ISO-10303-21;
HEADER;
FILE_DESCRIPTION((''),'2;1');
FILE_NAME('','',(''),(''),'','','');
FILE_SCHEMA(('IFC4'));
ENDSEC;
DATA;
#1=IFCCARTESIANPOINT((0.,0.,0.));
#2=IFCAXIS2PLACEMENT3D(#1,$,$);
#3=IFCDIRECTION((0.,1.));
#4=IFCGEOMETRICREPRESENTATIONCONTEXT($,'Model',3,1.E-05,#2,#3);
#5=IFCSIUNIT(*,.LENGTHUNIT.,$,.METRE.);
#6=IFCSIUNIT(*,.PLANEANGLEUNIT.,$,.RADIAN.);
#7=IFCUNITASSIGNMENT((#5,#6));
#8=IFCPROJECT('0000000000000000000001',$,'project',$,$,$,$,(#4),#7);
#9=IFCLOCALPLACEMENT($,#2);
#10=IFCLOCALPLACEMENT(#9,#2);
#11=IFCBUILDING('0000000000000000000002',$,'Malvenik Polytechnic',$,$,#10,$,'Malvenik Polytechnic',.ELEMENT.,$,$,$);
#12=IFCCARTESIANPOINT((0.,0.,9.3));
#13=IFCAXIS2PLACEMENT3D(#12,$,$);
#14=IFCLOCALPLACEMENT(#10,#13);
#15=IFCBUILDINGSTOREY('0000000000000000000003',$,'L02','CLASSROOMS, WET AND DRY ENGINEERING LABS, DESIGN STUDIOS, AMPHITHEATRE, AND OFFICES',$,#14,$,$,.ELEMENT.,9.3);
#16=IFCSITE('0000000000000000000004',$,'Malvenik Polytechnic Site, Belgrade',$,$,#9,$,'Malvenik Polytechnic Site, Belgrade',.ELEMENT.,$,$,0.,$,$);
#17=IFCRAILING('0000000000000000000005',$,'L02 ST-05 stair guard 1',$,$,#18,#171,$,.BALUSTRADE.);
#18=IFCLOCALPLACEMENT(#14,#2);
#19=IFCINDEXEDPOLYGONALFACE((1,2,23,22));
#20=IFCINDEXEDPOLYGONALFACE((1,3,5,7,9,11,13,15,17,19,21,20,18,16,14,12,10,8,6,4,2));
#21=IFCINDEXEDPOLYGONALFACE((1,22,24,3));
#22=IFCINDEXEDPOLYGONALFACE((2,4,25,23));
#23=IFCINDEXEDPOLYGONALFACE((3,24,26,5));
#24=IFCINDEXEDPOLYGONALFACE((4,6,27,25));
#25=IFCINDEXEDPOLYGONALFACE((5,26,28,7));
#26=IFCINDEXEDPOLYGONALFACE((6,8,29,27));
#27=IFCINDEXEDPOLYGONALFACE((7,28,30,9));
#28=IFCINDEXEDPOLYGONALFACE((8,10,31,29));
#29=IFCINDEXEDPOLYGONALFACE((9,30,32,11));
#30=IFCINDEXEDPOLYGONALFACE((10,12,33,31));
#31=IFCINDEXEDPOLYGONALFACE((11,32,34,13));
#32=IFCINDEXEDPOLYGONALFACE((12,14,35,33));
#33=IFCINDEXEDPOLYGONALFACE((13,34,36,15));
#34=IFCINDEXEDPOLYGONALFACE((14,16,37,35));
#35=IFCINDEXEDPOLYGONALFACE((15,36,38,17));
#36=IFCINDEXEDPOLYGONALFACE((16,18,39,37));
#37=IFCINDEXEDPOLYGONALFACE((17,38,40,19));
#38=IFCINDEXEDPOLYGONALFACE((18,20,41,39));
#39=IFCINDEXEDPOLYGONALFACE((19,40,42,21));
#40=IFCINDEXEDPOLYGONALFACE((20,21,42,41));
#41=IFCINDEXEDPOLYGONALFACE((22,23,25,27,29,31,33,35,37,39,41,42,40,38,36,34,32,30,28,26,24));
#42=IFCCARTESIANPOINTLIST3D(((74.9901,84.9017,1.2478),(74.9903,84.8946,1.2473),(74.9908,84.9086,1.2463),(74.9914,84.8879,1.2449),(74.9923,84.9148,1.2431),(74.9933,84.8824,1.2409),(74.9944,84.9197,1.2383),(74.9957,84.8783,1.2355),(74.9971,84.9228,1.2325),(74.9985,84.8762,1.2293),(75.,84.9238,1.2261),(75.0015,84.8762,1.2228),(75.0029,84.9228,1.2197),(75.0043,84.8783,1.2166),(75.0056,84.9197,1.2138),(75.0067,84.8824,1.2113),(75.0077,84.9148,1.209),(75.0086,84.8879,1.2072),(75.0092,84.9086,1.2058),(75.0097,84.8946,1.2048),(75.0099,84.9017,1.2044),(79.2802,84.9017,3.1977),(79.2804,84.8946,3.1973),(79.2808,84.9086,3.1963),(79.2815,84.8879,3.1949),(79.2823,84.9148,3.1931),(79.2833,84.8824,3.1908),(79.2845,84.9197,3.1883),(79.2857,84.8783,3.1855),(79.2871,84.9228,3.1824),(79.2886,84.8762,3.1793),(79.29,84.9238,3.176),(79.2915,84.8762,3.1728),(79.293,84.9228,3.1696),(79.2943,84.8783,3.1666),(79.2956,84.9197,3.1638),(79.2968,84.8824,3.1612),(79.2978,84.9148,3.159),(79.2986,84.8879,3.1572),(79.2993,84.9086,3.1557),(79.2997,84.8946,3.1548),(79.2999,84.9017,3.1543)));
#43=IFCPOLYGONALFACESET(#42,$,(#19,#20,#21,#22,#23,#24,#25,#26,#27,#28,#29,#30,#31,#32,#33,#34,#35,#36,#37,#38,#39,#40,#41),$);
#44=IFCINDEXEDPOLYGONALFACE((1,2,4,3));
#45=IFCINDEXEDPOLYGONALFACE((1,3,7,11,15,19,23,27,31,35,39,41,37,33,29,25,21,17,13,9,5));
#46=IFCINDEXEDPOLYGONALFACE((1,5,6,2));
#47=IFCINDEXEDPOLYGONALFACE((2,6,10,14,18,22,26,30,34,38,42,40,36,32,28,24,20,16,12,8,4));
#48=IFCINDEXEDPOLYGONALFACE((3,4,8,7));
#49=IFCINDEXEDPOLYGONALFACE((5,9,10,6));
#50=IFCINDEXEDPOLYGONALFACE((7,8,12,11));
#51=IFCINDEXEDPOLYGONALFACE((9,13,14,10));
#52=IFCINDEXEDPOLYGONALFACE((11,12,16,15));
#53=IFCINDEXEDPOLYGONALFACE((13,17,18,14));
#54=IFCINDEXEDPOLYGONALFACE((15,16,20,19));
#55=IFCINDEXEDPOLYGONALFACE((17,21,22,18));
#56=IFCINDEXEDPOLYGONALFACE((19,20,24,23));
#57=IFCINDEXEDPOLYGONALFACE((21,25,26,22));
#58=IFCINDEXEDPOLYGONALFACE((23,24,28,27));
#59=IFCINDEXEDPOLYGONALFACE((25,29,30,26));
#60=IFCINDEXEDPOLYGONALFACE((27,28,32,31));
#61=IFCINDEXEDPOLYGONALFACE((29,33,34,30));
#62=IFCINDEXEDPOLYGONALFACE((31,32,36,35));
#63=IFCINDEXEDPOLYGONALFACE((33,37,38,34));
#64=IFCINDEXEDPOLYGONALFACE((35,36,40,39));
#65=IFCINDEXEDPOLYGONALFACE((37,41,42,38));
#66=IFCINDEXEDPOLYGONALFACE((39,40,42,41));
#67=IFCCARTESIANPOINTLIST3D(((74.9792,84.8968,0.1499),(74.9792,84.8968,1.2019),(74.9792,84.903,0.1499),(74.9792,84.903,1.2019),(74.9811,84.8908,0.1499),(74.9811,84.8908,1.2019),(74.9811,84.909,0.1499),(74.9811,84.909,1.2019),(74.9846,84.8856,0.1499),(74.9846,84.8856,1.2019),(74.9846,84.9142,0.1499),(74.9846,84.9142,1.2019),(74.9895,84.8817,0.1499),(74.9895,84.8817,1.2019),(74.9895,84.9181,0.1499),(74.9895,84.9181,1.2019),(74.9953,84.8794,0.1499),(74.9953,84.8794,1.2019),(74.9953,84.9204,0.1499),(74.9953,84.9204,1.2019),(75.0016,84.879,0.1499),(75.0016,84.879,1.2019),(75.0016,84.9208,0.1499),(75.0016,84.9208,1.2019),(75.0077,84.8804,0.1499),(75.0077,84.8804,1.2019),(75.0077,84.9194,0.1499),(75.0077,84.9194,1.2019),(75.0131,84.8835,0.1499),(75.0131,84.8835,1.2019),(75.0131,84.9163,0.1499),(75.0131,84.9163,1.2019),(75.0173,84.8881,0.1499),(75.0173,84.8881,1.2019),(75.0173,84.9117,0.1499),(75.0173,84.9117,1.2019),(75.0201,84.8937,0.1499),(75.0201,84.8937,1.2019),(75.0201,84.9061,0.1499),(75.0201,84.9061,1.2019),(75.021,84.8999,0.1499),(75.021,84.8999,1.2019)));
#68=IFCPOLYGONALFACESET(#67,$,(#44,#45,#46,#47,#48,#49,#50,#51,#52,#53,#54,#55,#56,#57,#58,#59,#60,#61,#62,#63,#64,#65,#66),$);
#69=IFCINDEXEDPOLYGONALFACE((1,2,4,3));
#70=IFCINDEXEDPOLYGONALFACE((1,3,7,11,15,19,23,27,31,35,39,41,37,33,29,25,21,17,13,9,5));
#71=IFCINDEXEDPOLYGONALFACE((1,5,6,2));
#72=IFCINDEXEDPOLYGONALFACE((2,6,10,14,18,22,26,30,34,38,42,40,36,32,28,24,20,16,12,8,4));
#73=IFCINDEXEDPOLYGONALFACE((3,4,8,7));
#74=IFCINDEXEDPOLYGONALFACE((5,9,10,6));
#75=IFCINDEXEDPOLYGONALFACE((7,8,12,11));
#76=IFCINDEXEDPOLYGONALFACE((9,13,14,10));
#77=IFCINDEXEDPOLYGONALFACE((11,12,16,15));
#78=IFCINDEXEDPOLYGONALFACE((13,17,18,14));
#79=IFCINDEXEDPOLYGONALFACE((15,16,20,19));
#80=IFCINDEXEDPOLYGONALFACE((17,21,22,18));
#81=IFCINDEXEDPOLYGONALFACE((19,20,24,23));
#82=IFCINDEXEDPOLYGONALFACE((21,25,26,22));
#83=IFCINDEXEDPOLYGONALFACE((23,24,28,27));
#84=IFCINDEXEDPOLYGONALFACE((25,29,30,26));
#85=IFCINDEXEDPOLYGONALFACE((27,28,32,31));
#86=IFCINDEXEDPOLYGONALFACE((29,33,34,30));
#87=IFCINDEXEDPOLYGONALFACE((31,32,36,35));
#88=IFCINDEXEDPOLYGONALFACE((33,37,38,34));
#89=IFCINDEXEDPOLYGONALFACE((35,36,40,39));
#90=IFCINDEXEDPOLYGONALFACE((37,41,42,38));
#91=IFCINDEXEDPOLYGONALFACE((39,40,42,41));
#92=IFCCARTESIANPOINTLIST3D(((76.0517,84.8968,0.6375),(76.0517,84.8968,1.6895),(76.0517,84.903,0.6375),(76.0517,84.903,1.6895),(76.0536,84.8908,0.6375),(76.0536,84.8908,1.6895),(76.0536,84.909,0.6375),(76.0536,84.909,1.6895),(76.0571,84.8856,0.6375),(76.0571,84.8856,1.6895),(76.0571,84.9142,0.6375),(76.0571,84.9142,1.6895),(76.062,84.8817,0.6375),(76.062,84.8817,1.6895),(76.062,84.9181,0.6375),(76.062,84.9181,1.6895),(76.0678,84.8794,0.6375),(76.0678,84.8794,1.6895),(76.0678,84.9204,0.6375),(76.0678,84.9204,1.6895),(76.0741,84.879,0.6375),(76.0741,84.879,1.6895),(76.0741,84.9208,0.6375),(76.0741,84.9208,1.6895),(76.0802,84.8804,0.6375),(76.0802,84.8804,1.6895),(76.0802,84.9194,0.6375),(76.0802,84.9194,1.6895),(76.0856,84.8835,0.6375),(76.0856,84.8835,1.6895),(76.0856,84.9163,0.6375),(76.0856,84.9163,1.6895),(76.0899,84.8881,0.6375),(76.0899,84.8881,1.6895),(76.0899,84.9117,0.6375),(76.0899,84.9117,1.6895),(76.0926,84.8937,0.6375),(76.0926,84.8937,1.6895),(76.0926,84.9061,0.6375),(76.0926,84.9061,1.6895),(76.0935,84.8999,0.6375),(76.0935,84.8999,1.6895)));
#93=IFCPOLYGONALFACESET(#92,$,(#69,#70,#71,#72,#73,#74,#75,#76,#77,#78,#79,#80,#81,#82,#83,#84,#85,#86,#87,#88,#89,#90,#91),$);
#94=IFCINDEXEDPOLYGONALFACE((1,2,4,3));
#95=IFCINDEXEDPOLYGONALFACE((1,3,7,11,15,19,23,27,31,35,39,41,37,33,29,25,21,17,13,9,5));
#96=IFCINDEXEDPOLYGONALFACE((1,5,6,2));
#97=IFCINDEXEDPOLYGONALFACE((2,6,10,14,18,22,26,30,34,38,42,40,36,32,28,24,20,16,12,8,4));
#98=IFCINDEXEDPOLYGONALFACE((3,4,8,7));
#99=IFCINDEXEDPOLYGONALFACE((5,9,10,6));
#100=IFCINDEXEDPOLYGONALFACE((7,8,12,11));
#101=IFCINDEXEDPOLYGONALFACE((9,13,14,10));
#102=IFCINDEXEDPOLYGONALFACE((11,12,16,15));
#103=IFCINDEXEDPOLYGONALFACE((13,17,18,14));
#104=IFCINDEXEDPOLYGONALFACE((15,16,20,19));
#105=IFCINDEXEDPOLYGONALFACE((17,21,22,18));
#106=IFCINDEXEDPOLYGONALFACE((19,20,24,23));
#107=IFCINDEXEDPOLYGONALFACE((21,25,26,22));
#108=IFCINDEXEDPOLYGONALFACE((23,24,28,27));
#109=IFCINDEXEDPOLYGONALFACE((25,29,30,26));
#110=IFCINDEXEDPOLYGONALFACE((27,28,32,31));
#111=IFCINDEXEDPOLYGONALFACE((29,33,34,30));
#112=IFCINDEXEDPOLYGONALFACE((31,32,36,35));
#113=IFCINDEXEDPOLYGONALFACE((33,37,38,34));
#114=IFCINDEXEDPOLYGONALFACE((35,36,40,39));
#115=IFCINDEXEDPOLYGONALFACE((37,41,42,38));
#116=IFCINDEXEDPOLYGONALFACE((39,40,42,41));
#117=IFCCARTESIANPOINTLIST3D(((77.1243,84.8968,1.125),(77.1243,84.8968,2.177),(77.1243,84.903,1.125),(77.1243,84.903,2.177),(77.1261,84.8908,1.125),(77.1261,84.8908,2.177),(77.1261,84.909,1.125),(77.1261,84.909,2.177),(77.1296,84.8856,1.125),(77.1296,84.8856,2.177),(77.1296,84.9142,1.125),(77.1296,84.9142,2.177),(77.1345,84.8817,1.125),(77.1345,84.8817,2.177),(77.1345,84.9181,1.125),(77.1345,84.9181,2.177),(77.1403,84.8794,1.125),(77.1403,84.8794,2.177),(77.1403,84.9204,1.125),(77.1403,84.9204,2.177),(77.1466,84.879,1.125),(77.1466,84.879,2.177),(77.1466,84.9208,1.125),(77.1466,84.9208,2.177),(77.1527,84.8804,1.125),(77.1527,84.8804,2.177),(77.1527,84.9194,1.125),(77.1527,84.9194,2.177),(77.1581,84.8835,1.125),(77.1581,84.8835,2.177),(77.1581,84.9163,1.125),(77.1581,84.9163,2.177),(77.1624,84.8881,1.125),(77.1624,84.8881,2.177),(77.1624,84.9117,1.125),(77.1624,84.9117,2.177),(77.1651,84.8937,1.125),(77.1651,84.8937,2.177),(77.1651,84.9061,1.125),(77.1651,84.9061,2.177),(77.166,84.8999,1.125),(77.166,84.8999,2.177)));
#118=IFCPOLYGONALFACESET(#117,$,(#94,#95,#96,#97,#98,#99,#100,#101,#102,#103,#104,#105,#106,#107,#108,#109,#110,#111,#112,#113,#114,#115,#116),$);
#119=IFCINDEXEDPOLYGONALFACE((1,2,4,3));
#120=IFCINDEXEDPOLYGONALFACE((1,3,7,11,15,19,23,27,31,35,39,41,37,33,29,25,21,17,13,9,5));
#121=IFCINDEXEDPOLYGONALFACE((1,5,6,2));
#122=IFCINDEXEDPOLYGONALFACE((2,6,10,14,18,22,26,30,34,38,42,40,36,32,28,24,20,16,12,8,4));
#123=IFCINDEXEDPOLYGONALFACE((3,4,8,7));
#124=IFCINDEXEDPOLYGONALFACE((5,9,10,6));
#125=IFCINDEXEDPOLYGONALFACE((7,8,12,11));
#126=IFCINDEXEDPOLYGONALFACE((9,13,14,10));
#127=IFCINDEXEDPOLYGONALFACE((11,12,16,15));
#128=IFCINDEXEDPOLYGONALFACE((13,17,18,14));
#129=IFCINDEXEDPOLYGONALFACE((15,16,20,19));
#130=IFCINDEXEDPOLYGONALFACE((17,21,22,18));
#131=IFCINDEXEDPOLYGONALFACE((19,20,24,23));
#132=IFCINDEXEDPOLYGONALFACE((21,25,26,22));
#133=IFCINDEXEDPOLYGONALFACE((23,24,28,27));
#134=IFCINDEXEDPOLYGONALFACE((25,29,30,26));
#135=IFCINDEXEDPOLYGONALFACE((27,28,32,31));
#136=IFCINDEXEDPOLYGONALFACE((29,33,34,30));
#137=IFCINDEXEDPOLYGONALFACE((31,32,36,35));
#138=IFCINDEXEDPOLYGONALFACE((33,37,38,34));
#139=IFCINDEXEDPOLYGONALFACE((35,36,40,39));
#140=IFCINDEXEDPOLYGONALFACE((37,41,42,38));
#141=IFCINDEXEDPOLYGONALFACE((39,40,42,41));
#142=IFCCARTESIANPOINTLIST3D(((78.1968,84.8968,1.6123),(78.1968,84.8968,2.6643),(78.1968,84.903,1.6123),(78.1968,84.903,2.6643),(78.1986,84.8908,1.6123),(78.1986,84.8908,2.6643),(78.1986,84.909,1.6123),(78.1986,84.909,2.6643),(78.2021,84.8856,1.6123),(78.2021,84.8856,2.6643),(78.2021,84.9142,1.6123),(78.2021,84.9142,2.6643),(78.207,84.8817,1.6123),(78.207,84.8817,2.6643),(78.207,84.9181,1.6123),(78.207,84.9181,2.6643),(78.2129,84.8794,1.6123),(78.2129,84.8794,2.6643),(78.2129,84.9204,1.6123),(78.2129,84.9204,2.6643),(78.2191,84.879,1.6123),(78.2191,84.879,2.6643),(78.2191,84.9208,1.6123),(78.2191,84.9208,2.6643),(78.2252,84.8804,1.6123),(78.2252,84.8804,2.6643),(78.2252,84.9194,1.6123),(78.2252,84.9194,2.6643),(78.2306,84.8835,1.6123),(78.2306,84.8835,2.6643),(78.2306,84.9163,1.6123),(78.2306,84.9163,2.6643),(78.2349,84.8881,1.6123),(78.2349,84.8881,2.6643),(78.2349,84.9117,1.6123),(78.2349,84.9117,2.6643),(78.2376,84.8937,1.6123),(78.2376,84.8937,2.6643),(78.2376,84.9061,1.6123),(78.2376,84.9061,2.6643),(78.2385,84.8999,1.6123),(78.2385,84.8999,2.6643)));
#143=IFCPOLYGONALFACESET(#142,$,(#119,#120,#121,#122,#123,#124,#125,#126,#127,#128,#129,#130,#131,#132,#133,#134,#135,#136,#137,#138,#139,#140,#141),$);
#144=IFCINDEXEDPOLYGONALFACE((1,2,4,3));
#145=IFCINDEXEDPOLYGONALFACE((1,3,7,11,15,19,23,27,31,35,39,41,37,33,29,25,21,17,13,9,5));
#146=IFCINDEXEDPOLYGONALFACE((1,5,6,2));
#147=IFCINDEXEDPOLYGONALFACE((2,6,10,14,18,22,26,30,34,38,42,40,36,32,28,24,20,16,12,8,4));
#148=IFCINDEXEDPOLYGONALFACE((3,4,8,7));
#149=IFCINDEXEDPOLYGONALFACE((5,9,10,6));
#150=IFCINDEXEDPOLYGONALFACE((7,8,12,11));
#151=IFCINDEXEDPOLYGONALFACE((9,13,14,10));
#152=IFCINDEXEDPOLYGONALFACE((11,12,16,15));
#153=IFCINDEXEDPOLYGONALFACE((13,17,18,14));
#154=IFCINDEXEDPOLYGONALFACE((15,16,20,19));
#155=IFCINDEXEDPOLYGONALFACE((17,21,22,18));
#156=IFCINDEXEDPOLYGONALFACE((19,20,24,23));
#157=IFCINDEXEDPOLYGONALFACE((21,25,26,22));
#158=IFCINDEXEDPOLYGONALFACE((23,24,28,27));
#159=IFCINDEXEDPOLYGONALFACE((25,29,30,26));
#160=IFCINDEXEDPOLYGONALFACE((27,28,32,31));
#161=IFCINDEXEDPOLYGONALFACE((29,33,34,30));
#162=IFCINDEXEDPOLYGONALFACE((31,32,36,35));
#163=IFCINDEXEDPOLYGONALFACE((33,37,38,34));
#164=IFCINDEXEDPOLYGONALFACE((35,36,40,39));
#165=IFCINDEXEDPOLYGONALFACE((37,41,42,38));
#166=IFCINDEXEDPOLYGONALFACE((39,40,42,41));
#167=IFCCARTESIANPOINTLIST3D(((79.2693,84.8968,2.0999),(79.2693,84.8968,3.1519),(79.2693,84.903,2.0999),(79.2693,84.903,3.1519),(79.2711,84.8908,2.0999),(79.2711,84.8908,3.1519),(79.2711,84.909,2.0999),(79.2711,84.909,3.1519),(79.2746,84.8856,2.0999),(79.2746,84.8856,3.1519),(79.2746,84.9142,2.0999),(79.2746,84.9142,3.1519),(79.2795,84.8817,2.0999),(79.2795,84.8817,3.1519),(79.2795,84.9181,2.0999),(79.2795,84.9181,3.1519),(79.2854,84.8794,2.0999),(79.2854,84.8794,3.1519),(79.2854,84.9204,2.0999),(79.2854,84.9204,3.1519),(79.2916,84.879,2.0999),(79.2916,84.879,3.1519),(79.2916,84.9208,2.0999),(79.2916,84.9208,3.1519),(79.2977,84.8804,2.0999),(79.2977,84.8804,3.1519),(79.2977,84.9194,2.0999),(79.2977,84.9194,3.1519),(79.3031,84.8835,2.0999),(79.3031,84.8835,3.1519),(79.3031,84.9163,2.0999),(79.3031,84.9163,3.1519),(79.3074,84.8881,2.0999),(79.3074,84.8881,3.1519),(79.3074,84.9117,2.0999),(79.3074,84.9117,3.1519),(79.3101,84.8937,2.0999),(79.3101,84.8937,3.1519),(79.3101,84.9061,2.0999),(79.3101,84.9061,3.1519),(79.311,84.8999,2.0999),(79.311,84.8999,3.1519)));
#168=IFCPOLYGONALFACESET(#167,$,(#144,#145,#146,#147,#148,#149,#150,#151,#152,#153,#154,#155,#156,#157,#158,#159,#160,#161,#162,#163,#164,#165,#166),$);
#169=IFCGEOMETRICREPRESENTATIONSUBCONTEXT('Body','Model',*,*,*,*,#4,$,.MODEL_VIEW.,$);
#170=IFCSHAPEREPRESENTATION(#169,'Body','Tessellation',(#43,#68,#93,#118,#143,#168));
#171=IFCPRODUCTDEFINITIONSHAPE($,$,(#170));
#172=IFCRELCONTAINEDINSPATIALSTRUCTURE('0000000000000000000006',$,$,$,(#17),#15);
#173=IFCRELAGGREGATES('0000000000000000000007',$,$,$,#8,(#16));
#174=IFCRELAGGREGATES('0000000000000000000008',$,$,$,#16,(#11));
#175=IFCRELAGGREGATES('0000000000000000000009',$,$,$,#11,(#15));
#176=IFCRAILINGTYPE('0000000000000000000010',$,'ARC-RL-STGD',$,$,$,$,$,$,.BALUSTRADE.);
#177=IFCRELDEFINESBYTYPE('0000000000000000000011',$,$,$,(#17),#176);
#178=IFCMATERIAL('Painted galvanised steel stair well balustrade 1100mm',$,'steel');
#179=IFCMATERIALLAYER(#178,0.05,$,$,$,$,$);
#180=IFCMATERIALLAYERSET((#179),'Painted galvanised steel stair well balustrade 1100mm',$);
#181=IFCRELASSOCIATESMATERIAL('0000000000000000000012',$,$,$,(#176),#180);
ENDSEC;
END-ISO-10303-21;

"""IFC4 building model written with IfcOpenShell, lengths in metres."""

from ifc_helpers import new_model, si_unit, direction, frame, origin, origin_2d, place, context, subcontext, project, spatial, circle, extrude, material, layer, layer_set, type_object, element, save


model = new_model("IFC4")

# Units and contexts
model_context = context("Model", 3, precision=1e-05, world=origin(), true_north=direction((0.0, 1.0)))
body_context = subcontext(model_context, "Body", "Model", "MODEL_VIEW")
ifc_project = project(units=[si_unit("LENGTHUNIT", "METRE"), si_unit("PLANEANGLEUNIT", "RADIAN")], contexts=[model_context])

# Site, building, storey
site_placement = place(None, origin())
site = spatial("IfcSite", under=ifc_project, at=site_placement, Name="Malvenik Polytechnic Site, Belgrade", LongName="Malvenik Polytechnic Site, Belgrade", CompositionType="ELEMENT", RefElevation=0.0)
building_placement = place(site_placement, origin())
building = spatial("IfcBuilding", under=site, at=building_placement, Name="Malvenik Polytechnic", LongName="Malvenik Polytechnic", CompositionType="ELEMENT")
storey_placement = place(building_placement, frame((0.0, 0.0, 9.3)))
storey = spatial("IfcBuildingStorey", under=building, at=storey_placement, Name="L02", Description="CLASSROOMS, WET AND DRY ENGINEERING LABS, DESIGN STUDIOS, AMPHITHEATRE, AND OFFICES", CompositionType="ELEMENT", Elevation=9.3)

# Railing
ifc_material_1 = material(Name="Painted galvanised steel stair well balustrade 1100mm", Category="steel")
ifc_layer_1 = layer(ifc_material_1, 0.05)
ifc_layer_set_1 = layer_set([ifc_layer_1], Name="Painted galvanised steel stair well balustrade 1100mm")
railing_type_1 = type_object("IfcRailingType", Name="ARC-RL-STGD", PredefinedType="BALUSTRADE", material=ifc_layer_set_1)
railing_1_placement = place(storey_placement, frame((75.0, 84.8999, 0.1499)))
element("IfcRailing", 1, at=railing_1_placement, inside=storey, type_object=railing_type_1, Name="L02 ST-05 stair guard 1", PredefinedType="BALUSTRADE", context=body_context, shape_type="SweptSolid", body=[
    extrude(circle(Radius=0.0239, at=origin_2d()), frame((0.0, 0.0, 1.0762), z_axis=(0.910372, 0.0, 0.413791), x_axis=(0.0, 1.0, 0.0)), (0.0, 0.0, 1.0), 4.7124),
    extrude(circle(Radius=0.021, at=origin_2d()), origin(), (0.0, 0.0, 1.0), 1.052),
    extrude(circle(Radius=0.021, at=origin_2d()), frame((1.0725, 0.0, 0.4875)), (0.0, 0.0, 1.0), 1.052),
    extrude(circle(Radius=0.021, at=origin_2d()), frame((2.145, 0.0, 0.9751)), (0.0, 0.0, 1.0), 1.052),
    extrude(circle(Radius=0.021, at=origin_2d()), frame((3.2175, 0.0, 1.4624)), (0.0, 0.0, 1.0), 1.052),
    extrude(circle(Radius=0.021, at=origin_2d()), frame((4.29, 0.0, 1.95)), (0.0, 0.0, 1.0), 1.052),
])

save(model, "model.ifc")
